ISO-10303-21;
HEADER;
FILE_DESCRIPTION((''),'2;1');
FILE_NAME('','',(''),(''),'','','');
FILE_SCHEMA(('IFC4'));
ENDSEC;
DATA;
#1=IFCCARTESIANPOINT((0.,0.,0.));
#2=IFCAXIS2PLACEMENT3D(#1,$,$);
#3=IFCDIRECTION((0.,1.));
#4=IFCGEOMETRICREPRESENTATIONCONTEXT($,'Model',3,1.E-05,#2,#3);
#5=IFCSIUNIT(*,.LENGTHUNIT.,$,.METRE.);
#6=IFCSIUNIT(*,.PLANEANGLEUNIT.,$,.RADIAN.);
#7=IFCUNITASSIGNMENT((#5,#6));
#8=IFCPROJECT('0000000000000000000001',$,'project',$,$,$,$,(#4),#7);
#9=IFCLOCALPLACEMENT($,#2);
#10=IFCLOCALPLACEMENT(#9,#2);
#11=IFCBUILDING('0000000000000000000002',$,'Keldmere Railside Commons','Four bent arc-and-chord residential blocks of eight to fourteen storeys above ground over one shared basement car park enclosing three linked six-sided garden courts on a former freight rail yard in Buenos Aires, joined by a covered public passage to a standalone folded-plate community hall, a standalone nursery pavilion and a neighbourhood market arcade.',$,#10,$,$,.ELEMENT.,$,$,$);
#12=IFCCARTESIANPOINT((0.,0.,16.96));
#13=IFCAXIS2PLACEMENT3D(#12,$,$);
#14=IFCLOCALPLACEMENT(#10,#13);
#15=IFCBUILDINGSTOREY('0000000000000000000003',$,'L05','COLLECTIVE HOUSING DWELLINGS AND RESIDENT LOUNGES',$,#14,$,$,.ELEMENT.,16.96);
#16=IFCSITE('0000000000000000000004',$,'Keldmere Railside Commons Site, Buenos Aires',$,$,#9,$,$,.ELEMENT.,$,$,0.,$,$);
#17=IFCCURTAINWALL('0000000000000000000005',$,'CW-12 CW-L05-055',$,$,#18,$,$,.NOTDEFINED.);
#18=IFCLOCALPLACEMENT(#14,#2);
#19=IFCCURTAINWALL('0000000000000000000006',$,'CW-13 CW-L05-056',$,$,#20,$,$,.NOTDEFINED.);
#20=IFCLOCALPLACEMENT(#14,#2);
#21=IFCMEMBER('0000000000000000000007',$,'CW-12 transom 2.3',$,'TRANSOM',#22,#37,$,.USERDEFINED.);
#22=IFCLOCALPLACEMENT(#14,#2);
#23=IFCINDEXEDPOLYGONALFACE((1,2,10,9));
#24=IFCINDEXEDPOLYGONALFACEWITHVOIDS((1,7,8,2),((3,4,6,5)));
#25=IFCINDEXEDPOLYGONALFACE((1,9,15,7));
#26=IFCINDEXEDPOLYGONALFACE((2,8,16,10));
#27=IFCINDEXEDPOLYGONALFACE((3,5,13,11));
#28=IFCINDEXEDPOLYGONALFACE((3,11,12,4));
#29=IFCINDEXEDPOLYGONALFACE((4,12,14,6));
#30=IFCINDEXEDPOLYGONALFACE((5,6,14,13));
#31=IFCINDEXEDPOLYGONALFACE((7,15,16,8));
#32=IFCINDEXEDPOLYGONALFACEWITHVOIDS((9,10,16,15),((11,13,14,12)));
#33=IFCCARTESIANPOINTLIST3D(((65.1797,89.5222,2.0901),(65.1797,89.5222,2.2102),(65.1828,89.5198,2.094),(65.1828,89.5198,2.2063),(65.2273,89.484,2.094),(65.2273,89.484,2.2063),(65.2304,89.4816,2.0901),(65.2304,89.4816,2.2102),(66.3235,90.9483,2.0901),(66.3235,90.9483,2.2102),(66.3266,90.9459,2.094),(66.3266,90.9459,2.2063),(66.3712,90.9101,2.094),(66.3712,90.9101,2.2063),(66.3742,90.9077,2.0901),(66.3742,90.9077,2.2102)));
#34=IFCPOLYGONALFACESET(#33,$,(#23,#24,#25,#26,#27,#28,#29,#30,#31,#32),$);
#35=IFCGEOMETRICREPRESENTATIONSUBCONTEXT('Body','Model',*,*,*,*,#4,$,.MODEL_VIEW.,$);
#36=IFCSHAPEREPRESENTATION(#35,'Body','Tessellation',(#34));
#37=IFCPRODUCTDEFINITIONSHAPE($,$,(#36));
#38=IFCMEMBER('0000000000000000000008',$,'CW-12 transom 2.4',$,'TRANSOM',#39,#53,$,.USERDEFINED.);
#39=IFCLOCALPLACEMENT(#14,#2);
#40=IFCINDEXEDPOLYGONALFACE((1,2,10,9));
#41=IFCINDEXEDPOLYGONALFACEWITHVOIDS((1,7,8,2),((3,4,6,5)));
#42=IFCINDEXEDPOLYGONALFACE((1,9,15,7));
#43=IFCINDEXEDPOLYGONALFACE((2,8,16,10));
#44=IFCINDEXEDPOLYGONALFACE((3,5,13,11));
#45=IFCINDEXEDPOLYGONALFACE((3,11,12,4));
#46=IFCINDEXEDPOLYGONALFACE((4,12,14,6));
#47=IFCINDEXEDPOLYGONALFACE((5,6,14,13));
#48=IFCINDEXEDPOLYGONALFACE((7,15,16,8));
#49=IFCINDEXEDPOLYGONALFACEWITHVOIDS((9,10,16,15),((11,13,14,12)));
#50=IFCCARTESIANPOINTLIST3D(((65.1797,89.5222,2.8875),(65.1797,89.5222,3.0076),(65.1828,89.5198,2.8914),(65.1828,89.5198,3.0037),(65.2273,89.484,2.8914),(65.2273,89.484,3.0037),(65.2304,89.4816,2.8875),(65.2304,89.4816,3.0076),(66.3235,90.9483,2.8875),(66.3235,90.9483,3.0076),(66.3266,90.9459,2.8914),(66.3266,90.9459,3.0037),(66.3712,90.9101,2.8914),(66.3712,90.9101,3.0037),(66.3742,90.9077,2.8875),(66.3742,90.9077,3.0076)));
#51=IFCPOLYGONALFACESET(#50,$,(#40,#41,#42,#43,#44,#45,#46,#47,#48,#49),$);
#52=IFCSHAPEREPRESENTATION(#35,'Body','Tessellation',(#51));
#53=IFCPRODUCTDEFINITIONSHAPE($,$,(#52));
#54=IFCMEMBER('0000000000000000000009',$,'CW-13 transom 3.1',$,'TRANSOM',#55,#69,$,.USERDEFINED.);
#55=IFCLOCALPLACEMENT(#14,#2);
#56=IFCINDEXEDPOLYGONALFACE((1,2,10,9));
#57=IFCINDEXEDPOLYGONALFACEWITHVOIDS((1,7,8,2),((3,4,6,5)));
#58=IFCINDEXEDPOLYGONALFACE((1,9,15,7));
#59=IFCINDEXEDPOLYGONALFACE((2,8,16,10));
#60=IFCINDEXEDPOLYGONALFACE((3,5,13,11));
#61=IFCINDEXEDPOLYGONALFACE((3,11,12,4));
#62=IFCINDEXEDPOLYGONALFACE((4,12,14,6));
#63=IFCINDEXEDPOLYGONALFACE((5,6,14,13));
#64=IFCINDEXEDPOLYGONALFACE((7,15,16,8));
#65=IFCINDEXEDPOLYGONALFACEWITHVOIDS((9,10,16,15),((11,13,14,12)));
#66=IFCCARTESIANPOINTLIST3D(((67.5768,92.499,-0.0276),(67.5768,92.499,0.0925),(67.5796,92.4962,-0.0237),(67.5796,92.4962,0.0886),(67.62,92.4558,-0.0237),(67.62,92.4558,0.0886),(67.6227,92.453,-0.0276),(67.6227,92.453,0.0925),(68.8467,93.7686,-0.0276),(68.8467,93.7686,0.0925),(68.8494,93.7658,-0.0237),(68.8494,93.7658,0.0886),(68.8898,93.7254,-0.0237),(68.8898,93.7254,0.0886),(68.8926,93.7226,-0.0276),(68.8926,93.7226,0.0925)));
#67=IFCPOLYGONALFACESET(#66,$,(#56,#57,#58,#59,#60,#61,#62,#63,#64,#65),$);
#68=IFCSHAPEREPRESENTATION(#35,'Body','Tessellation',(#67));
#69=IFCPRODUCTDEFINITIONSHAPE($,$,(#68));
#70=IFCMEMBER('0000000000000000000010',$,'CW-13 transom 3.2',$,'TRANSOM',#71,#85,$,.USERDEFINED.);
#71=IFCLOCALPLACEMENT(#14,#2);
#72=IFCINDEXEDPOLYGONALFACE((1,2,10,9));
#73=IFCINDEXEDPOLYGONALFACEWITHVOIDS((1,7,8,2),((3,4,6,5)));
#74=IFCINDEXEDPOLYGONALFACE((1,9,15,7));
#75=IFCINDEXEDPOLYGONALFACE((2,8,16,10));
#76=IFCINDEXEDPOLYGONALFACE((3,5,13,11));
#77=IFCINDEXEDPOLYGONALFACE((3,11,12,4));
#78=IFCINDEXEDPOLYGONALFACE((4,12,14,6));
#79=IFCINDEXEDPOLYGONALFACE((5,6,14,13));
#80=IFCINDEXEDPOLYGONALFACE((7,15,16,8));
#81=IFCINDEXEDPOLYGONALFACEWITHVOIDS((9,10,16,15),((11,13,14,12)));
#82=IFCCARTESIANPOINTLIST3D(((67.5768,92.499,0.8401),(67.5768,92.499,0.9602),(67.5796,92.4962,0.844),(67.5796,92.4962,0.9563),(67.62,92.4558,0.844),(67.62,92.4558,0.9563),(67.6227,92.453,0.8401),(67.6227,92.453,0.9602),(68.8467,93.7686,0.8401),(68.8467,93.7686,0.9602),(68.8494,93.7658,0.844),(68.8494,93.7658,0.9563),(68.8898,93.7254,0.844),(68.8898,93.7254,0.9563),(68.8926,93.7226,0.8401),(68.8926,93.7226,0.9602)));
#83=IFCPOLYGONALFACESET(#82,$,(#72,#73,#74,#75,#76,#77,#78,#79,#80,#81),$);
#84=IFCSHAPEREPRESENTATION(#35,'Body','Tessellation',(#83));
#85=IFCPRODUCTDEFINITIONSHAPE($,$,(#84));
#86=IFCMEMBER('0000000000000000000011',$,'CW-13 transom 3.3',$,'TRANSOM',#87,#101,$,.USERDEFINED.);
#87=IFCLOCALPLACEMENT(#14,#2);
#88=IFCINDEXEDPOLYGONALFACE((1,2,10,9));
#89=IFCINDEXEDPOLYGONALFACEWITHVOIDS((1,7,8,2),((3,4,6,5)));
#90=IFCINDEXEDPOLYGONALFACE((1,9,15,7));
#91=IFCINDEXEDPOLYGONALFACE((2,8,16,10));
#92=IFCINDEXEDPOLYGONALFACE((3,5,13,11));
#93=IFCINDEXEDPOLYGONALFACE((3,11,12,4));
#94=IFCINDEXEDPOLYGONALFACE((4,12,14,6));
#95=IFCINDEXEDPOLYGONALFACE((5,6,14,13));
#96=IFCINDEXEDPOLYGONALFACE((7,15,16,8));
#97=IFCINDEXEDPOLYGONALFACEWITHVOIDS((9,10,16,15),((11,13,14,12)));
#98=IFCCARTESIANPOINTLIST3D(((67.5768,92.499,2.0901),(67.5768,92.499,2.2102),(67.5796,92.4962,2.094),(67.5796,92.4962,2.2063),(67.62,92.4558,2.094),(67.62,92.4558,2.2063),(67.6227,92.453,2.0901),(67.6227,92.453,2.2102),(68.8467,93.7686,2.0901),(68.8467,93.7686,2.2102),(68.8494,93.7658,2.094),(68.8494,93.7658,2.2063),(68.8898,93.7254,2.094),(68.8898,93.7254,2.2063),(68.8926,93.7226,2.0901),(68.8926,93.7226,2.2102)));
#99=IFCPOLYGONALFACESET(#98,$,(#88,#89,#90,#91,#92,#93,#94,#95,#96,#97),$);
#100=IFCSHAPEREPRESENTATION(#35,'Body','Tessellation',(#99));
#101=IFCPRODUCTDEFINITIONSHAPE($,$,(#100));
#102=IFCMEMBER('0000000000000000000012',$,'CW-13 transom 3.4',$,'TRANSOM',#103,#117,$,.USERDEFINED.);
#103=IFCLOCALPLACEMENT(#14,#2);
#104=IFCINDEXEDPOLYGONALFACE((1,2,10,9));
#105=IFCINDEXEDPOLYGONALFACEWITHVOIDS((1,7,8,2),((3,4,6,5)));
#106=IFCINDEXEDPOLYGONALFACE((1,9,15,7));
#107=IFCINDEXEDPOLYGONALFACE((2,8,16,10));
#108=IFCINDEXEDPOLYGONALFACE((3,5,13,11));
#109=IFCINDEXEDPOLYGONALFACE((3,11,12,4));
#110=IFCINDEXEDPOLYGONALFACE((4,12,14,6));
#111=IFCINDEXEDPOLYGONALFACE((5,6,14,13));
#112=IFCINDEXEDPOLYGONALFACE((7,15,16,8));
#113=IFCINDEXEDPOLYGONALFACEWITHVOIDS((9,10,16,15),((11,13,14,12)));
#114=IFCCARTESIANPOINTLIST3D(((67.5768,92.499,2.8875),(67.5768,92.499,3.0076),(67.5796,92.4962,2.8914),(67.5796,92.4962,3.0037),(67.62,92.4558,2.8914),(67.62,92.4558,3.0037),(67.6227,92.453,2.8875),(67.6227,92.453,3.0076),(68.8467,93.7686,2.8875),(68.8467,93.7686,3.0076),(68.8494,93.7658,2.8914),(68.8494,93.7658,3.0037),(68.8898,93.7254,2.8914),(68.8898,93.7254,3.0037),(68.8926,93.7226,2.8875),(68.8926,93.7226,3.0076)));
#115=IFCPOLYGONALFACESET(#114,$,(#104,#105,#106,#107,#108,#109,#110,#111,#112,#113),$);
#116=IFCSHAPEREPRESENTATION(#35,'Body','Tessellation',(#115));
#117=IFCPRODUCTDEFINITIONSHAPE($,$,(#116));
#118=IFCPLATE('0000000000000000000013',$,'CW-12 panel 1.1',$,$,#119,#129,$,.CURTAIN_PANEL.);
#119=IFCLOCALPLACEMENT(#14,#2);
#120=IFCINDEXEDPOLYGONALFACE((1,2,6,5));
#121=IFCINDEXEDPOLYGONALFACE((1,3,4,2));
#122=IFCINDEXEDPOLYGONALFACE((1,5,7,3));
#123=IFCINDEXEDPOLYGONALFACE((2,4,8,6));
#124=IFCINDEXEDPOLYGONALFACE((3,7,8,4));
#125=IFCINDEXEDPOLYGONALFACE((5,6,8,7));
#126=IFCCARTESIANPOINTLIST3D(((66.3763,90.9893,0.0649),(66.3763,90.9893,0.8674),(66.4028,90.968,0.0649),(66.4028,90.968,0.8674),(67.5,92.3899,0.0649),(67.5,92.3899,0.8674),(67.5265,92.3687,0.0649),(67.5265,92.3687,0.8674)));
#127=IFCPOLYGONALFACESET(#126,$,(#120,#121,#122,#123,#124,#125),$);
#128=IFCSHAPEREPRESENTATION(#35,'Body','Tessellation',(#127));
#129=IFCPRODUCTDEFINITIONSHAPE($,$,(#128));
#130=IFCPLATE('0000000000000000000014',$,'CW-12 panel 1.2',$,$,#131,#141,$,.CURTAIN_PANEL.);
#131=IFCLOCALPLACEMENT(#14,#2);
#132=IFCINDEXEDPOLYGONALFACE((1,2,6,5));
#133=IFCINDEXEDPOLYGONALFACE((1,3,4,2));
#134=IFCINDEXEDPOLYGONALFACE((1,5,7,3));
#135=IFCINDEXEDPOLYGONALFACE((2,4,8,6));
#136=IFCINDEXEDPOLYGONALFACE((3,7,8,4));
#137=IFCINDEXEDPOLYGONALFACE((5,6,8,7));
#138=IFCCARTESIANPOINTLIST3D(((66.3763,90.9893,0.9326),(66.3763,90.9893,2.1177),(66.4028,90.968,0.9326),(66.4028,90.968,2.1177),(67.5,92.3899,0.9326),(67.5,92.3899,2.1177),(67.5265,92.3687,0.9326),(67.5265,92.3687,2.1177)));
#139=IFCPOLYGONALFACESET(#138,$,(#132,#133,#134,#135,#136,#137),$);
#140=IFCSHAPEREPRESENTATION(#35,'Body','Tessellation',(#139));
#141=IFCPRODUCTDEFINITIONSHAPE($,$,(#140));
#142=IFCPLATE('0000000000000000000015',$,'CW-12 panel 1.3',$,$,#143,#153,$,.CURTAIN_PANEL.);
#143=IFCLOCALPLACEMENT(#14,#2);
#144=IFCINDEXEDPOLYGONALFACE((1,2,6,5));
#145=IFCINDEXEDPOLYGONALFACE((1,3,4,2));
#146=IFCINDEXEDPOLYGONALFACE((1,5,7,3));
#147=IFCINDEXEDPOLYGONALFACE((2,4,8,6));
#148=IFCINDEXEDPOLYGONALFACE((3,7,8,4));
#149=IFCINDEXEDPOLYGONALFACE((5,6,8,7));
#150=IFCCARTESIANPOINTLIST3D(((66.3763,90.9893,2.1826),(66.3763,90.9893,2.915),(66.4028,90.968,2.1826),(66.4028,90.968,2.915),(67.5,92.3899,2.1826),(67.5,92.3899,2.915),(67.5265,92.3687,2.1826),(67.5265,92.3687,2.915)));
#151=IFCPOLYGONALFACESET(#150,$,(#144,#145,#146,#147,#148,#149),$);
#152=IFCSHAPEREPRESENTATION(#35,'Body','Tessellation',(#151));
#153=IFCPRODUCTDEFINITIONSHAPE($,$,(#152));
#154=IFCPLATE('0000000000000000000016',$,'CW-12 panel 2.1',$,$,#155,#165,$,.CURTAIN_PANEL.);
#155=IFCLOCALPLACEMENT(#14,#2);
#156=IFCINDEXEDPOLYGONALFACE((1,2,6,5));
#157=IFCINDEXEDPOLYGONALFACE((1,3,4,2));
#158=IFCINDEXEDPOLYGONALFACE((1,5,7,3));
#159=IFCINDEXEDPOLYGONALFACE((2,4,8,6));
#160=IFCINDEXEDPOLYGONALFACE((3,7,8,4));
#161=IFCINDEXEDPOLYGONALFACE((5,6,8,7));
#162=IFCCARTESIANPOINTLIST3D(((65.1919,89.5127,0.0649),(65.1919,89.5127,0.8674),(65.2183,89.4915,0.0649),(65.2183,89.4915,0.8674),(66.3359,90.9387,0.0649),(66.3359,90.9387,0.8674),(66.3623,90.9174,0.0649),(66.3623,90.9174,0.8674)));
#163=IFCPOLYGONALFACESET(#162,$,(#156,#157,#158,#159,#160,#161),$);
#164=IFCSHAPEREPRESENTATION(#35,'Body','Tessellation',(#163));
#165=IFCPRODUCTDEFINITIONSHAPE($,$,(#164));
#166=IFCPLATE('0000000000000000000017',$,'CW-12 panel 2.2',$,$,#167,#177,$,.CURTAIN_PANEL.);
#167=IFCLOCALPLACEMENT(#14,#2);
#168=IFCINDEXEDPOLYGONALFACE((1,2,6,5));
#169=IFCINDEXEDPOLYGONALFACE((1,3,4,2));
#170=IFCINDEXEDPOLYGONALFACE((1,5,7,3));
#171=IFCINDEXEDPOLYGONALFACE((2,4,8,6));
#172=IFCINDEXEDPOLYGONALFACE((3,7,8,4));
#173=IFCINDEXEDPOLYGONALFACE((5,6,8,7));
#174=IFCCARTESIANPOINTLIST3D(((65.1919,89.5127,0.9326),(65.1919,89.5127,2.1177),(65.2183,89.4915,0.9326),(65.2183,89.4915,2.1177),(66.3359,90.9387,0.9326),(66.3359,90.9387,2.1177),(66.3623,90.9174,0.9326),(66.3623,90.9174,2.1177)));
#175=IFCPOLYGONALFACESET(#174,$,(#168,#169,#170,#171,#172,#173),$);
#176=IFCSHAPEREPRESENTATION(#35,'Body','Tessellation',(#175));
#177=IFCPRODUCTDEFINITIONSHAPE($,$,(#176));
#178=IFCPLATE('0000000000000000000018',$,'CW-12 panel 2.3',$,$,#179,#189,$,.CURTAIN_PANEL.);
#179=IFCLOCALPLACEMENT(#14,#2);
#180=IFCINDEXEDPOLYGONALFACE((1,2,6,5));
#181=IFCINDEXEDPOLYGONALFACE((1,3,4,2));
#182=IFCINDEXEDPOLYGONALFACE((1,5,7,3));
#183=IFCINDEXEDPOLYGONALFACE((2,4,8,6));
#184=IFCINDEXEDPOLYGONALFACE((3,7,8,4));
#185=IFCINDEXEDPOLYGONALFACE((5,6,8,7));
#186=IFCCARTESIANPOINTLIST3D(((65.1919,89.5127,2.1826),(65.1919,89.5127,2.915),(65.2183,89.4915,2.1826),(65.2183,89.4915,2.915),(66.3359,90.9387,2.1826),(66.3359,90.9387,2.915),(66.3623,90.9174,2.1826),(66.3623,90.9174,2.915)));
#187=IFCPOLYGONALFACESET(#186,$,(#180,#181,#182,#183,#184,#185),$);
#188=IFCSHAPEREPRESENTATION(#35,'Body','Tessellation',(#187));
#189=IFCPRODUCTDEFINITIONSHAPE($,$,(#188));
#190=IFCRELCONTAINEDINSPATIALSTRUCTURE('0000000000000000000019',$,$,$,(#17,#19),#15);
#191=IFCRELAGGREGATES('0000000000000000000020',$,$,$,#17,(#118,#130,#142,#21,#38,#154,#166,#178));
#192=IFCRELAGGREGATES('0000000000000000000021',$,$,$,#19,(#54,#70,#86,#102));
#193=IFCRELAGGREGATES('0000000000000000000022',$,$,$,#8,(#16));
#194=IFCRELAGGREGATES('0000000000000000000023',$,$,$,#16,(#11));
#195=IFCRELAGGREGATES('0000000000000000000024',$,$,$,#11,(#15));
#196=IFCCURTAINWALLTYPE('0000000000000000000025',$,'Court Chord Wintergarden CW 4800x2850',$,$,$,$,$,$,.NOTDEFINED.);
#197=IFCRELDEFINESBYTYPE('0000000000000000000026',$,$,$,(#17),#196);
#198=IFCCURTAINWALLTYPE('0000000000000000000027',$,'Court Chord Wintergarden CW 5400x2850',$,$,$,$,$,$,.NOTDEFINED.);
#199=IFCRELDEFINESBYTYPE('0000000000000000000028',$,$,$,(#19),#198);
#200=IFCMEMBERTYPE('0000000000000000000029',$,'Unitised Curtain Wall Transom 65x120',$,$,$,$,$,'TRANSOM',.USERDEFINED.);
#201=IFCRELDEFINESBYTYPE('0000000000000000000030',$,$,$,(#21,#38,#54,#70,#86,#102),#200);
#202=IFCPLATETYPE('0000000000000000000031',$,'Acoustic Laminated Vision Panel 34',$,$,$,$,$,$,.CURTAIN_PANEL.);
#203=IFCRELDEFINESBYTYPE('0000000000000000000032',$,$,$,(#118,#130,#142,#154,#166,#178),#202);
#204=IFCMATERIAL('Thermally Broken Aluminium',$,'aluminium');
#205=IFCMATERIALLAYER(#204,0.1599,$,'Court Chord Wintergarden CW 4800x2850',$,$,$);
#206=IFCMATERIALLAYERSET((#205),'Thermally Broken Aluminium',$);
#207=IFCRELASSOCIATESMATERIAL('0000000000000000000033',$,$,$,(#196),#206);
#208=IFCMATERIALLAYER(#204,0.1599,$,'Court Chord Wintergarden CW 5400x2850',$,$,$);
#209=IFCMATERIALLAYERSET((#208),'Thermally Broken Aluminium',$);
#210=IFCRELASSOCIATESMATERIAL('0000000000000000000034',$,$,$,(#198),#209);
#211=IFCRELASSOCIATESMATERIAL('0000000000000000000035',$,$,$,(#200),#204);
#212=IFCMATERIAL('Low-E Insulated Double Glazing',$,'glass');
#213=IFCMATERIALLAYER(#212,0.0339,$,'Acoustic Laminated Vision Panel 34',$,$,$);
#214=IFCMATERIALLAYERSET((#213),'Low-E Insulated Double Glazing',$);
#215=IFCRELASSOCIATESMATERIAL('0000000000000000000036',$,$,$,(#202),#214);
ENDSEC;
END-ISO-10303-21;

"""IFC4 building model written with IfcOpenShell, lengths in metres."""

from ifc_helpers import new_model, si_unit, direction, frame, origin, origin_2d, place, context, subcontext, project, spatial, rectangle, hollow_rectangle, extrude, material, layer, layer_set, material_profile, profile_set, type_object, element, aggregate, save


model = new_model("IFC4")

# Units and contexts
model_context = context("Model", 3, precision=1e-05, world=origin(), true_north=direction((0.0, 1.0)))
body_context = subcontext(model_context, "Body", "Model", "MODEL_VIEW")
ifc_project = project(units=[si_unit("LENGTHUNIT", "METRE"), si_unit("PLANEANGLEUNIT", "RADIAN")], contexts=[model_context])

# Site, building, storey
site_placement = place(None, origin())
site = spatial("IfcSite", under=ifc_project, at=site_placement, Name="Keldmere Railside Commons Site, Buenos Aires", CompositionType="ELEMENT", RefElevation=0.0)
building_placement = place(site_placement, origin())
building = spatial("IfcBuilding", under=site, at=building_placement, Name="Keldmere Railside Commons", Description="Four bent arc-and-chord residential blocks of eight to fourteen storeys above ground over one shared basement car park enclosing three linked six-sided garden courts on a former freight rail yard in Buenos Aires, joined by a covered public passage to a standalone folded-plate community hall, a standalone nursery pavilion and a neighbourhood market arcade.", CompositionType="ELEMENT")
storey_placement = place(building_placement, frame((0.0, 0.0, 16.96)))
storey = spatial("IfcBuildingStorey", under=building, at=storey_placement, Name="L05", Description="COLLECTIVE HOUSING DWELLINGS AND RESIDENT LOUNGES", CompositionType="ELEMENT", Elevation=16.96)

# Curtain walls
ifc_material_1 = material(Name="Thermally Broken Aluminium", Category="aluminium")
ifc_layer_1 = layer(ifc_material_1, 0.1599, Name="Court Chord Wintergarden CW 4800x2850")
ifc_layer_set_1 = layer_set([ifc_layer_1], Name="Thermally Broken Aluminium")
curtain_wall_type_1 = type_object("IfcCurtainWallType", Name="Court Chord Wintergarden CW 4800x2850", PredefinedType="NOTDEFINED", material=ifc_layer_set_1)
curtain_wall_1_placement = place(storey_placement, origin())
curtain_wall_1 = element("IfcCurtainWall", 1, at=curtain_wall_1_placement, inside=storey, type_object=curtain_wall_type_1, Name="CW-12 CW-L05-055", PredefinedType="NOTDEFINED")
ifc_layer_2 = layer(ifc_material_1, 0.1599, Name="Court Chord Wintergarden CW 5400x2850")
ifc_layer_set_2 = layer_set([ifc_layer_2], Name="Thermally Broken Aluminium")
curtain_wall_type_2 = type_object("IfcCurtainWallType", Name="Court Chord Wintergarden CW 5400x2850", PredefinedType="NOTDEFINED", material=ifc_layer_set_2)
curtain_wall_2_placement = place(storey_placement, origin())
curtain_wall_2 = element("IfcCurtainWall", 2, at=curtain_wall_2_placement, inside=storey, type_object=curtain_wall_type_2, Name="CW-13 CW-L05-056", PredefinedType="NOTDEFINED")

# Members
ifc_material_profile_1 = material_profile(ifc_material_1, hollow_rectangle(XDim=0.0649, YDim=0.1201, WallThickness=0.0039, at=origin_2d()), Name="ALU-TRAN-65x120")
ifc_profile_set_1 = profile_set([ifc_material_profile_1], Name="Thermally Broken Aluminium")
member_type_1 = type_object("IfcMemberType", Name="Unitised Curtain Wall Transom 65x120", ElementType="TRANSOM", PredefinedType="USERDEFINED", material=ifc_profile_set_1)
member_1_placement = place(storey_placement, frame((66.3489, 90.928, 2.1501), z_axis=(-0.625688, -0.780073, 0.0), x_axis=(0.780073, -0.625688, 0.0)))
member_1 = element("IfcMember", 3, at=member_1_placement, type_object=member_type_1, Name="CW-12 transom 2.3", ObjectType="TRANSOM", PredefinedType="USERDEFINED", context=body_context, shape_type="SweptSolid", body=[
    extrude(hollow_rectangle(XDim=0.0649, YDim=0.1201, WallThickness=0.0039, at=origin_2d()), origin(), (0.0, 0.0, 1.0), 1.8281),
])
member_2_placement = place(storey_placement, frame((66.3489, 90.928, 2.9475), z_axis=(-0.625688, -0.780073, 0.0), x_axis=(0.780073, -0.625688, 0.0)))
member_2 = element("IfcMember", 4, at=member_2_placement, type_object=member_type_1, Name="CW-12 transom 2.4", ObjectType="TRANSOM", PredefinedType="USERDEFINED", context=body_context, shape_type="SweptSolid", body=[
    extrude(hollow_rectangle(XDim=0.0649, YDim=0.1201, WallThickness=0.0039, at=origin_2d()), origin(), (0.0, 0.0, 1.0), 1.8281),
])
member_3_placement = place(storey_placement, frame((68.8696, 93.7456, 0.0325), z_axis=(-0.707175, -0.707039, 0.0), x_axis=(0.707039, -0.707175, 0.0)))
member_3 = element("IfcMember", 5, at=member_3_placement, type_object=member_type_1, Name="CW-13 transom 3.1", ObjectType="TRANSOM", PredefinedType="USERDEFINED", context=body_context, shape_type="SweptSolid", body=[
    extrude(hollow_rectangle(XDim=0.0649, YDim=0.1201, WallThickness=0.0039, at=origin_2d()), origin(), (0.0, 0.0, 1.0), 1.7957),
])
member_4_placement = place(storey_placement, frame((68.8696, 93.7456, 0.9001), z_axis=(-0.707175, -0.707039, 0.0), x_axis=(0.707039, -0.707175, 0.0)))
member_4 = element("IfcMember", 6, at=member_4_placement, type_object=member_type_1, Name="CW-13 transom 3.2", ObjectType="TRANSOM", PredefinedType="USERDEFINED", context=body_context, shape_type="SweptSolid", body=[
    extrude(hollow_rectangle(XDim=0.0649, YDim=0.1201, WallThickness=0.0039, at=origin_2d()), origin(), (0.0, 0.0, 1.0), 1.7957),
])
member_5_placement = place(storey_placement, frame((68.8696, 93.7456, 2.1501), z_axis=(-0.707175, -0.707039, 0.0), x_axis=(0.707039, -0.707175, 0.0)))
member_5 = element("IfcMember", 7, at=member_5_placement, type_object=member_type_1, Name="CW-13 transom 3.3", ObjectType="TRANSOM", PredefinedType="USERDEFINED", context=body_context, shape_type="SweptSolid", body=[
    extrude(hollow_rectangle(XDim=0.0649, YDim=0.1201, WallThickness=0.0039, at=origin_2d()), origin(), (0.0, 0.0, 1.0), 1.7957),
])
member_6_placement = place(storey_placement, frame((68.8696, 93.7456, 2.9475), z_axis=(-0.707175, -0.707039, 0.0), x_axis=(0.707039, -0.707175, 0.0)))
member_6 = element("IfcMember", 8, at=member_6_placement, type_object=member_type_1, Name="CW-13 transom 3.4", ObjectType="TRANSOM", PredefinedType="USERDEFINED", context=body_context, shape_type="SweptSolid", body=[
    extrude(hollow_rectangle(XDim=0.0649, YDim=0.1201, WallThickness=0.0039, at=origin_2d()), origin(), (0.0, 0.0, 1.0), 1.7957),
])

# Plates
ifc_material_2 = material(Name="Low-E Insulated Double Glazing", Category="glass")
ifc_layer_3 = layer(ifc_material_2, 0.0339, Name="Acoustic Laminated Vision Panel 34")
ifc_layer_set_3 = layer_set([ifc_layer_3], Name="Low-E Insulated Double Glazing")
plate_type_1 = type_object("IfcPlateType", Name="Acoustic Laminated Vision Panel 34", PredefinedType="CURTAIN_PANEL", material=ifc_layer_set_3)
plate_1_placement = place(storey_placement, frame((66.9514, 91.679, 0.0649), z_axis=(0.0, 0.0, 1.0), x_axis=(-0.625768, -0.780009, 0.0)))
plate_1 = element("IfcPlate", 9, at=plate_1_placement, type_object=plate_type_1, Name="CW-12 panel 1.1", PredefinedType="CURTAIN_PANEL", context=body_context, shape_type="SweptSolid", body=[
    extrude(rectangle(XDim=1.7957, YDim=0.0339, at=origin_2d()), origin(), (0.0, 0.0, 1.0), 0.8025),
])
plate_2_placement = place(storey_placement, frame((66.9514, 91.679, 0.9326), z_axis=(0.0, 0.0, 1.0), x_axis=(-0.625768, -0.780009, 0.0)))
plate_2 = element("IfcPlate", 10, at=plate_2_placement, type_object=plate_type_1, Name="CW-12 panel 1.2", PredefinedType="CURTAIN_PANEL", context=body_context, shape_type="SweptSolid", body=[
    extrude(rectangle(XDim=1.7957, YDim=0.0339, at=origin_2d()), origin(), (0.0, 0.0, 1.0), 1.1851),
])
plate_3_placement = place(storey_placement, frame((66.9514, 91.679, 2.1826), z_axis=(0.0, 0.0, 1.0), x_axis=(-0.625768, -0.780009, 0.0)))
plate_3 = element("IfcPlate", 11, at=plate_3_placement, type_object=plate_type_1, Name="CW-12 panel 1.3", PredefinedType="CURTAIN_PANEL", context=body_context, shape_type="SweptSolid", body=[
    extrude(rectangle(XDim=1.7957, YDim=0.0339, at=origin_2d()), origin(), (0.0, 0.0, 1.0), 0.7324),
])
plate_4_placement = place(storey_placement, frame((65.7771, 90.2151, 0.0649), z_axis=(0.0, 0.0, 1.0), x_axis=(-0.625768, -0.780009, 0.0)))
plate_4 = element("IfcPlate", 12, at=plate_4_placement, type_object=plate_type_1, Name="CW-12 panel 2.1", PredefinedType="CURTAIN_PANEL", context=body_context, shape_type="SweptSolid", body=[
    extrude(rectangle(XDim=1.8281, YDim=0.0339, at=origin_2d()), origin(), (0.0, 0.0, 1.0), 0.8025),
])
plate_5_placement = place(storey_placement, frame((65.7771, 90.2151, 0.9326), z_axis=(0.0, 0.0, 1.0), x_axis=(-0.625768, -0.780009, 0.0)))
plate_5 = element("IfcPlate", 13, at=plate_5_placement, type_object=plate_type_1, Name="CW-12 panel 2.2", PredefinedType="CURTAIN_PANEL", context=body_context, shape_type="SweptSolid", body=[
    extrude(rectangle(XDim=1.8281, YDim=0.0339, at=origin_2d()), origin(), (0.0, 0.0, 1.0), 1.1851),
])
plate_6_placement = place(storey_placement, frame((65.7771, 90.2151, 2.1826), z_axis=(0.0, 0.0, 1.0), x_axis=(-0.625768, -0.780009, 0.0)))
plate_6 = element("IfcPlate", 14, at=plate_6_placement, type_object=plate_type_1, Name="CW-12 panel 2.3", PredefinedType="CURTAIN_PANEL", context=body_context, shape_type="SweptSolid", body=[
    extrude(rectangle(XDim=1.8281, YDim=0.0339, at=origin_2d()), origin(), (0.0, 0.0, 1.0), 0.7324),
])
aggregate(curtain_wall_1, [plate_1, plate_2, plate_3, member_1, member_2, plate_4, plate_5, plate_6])
aggregate(curtain_wall_2, [member_3, member_4, member_5, member_6])

save(model, "model.ifc")
